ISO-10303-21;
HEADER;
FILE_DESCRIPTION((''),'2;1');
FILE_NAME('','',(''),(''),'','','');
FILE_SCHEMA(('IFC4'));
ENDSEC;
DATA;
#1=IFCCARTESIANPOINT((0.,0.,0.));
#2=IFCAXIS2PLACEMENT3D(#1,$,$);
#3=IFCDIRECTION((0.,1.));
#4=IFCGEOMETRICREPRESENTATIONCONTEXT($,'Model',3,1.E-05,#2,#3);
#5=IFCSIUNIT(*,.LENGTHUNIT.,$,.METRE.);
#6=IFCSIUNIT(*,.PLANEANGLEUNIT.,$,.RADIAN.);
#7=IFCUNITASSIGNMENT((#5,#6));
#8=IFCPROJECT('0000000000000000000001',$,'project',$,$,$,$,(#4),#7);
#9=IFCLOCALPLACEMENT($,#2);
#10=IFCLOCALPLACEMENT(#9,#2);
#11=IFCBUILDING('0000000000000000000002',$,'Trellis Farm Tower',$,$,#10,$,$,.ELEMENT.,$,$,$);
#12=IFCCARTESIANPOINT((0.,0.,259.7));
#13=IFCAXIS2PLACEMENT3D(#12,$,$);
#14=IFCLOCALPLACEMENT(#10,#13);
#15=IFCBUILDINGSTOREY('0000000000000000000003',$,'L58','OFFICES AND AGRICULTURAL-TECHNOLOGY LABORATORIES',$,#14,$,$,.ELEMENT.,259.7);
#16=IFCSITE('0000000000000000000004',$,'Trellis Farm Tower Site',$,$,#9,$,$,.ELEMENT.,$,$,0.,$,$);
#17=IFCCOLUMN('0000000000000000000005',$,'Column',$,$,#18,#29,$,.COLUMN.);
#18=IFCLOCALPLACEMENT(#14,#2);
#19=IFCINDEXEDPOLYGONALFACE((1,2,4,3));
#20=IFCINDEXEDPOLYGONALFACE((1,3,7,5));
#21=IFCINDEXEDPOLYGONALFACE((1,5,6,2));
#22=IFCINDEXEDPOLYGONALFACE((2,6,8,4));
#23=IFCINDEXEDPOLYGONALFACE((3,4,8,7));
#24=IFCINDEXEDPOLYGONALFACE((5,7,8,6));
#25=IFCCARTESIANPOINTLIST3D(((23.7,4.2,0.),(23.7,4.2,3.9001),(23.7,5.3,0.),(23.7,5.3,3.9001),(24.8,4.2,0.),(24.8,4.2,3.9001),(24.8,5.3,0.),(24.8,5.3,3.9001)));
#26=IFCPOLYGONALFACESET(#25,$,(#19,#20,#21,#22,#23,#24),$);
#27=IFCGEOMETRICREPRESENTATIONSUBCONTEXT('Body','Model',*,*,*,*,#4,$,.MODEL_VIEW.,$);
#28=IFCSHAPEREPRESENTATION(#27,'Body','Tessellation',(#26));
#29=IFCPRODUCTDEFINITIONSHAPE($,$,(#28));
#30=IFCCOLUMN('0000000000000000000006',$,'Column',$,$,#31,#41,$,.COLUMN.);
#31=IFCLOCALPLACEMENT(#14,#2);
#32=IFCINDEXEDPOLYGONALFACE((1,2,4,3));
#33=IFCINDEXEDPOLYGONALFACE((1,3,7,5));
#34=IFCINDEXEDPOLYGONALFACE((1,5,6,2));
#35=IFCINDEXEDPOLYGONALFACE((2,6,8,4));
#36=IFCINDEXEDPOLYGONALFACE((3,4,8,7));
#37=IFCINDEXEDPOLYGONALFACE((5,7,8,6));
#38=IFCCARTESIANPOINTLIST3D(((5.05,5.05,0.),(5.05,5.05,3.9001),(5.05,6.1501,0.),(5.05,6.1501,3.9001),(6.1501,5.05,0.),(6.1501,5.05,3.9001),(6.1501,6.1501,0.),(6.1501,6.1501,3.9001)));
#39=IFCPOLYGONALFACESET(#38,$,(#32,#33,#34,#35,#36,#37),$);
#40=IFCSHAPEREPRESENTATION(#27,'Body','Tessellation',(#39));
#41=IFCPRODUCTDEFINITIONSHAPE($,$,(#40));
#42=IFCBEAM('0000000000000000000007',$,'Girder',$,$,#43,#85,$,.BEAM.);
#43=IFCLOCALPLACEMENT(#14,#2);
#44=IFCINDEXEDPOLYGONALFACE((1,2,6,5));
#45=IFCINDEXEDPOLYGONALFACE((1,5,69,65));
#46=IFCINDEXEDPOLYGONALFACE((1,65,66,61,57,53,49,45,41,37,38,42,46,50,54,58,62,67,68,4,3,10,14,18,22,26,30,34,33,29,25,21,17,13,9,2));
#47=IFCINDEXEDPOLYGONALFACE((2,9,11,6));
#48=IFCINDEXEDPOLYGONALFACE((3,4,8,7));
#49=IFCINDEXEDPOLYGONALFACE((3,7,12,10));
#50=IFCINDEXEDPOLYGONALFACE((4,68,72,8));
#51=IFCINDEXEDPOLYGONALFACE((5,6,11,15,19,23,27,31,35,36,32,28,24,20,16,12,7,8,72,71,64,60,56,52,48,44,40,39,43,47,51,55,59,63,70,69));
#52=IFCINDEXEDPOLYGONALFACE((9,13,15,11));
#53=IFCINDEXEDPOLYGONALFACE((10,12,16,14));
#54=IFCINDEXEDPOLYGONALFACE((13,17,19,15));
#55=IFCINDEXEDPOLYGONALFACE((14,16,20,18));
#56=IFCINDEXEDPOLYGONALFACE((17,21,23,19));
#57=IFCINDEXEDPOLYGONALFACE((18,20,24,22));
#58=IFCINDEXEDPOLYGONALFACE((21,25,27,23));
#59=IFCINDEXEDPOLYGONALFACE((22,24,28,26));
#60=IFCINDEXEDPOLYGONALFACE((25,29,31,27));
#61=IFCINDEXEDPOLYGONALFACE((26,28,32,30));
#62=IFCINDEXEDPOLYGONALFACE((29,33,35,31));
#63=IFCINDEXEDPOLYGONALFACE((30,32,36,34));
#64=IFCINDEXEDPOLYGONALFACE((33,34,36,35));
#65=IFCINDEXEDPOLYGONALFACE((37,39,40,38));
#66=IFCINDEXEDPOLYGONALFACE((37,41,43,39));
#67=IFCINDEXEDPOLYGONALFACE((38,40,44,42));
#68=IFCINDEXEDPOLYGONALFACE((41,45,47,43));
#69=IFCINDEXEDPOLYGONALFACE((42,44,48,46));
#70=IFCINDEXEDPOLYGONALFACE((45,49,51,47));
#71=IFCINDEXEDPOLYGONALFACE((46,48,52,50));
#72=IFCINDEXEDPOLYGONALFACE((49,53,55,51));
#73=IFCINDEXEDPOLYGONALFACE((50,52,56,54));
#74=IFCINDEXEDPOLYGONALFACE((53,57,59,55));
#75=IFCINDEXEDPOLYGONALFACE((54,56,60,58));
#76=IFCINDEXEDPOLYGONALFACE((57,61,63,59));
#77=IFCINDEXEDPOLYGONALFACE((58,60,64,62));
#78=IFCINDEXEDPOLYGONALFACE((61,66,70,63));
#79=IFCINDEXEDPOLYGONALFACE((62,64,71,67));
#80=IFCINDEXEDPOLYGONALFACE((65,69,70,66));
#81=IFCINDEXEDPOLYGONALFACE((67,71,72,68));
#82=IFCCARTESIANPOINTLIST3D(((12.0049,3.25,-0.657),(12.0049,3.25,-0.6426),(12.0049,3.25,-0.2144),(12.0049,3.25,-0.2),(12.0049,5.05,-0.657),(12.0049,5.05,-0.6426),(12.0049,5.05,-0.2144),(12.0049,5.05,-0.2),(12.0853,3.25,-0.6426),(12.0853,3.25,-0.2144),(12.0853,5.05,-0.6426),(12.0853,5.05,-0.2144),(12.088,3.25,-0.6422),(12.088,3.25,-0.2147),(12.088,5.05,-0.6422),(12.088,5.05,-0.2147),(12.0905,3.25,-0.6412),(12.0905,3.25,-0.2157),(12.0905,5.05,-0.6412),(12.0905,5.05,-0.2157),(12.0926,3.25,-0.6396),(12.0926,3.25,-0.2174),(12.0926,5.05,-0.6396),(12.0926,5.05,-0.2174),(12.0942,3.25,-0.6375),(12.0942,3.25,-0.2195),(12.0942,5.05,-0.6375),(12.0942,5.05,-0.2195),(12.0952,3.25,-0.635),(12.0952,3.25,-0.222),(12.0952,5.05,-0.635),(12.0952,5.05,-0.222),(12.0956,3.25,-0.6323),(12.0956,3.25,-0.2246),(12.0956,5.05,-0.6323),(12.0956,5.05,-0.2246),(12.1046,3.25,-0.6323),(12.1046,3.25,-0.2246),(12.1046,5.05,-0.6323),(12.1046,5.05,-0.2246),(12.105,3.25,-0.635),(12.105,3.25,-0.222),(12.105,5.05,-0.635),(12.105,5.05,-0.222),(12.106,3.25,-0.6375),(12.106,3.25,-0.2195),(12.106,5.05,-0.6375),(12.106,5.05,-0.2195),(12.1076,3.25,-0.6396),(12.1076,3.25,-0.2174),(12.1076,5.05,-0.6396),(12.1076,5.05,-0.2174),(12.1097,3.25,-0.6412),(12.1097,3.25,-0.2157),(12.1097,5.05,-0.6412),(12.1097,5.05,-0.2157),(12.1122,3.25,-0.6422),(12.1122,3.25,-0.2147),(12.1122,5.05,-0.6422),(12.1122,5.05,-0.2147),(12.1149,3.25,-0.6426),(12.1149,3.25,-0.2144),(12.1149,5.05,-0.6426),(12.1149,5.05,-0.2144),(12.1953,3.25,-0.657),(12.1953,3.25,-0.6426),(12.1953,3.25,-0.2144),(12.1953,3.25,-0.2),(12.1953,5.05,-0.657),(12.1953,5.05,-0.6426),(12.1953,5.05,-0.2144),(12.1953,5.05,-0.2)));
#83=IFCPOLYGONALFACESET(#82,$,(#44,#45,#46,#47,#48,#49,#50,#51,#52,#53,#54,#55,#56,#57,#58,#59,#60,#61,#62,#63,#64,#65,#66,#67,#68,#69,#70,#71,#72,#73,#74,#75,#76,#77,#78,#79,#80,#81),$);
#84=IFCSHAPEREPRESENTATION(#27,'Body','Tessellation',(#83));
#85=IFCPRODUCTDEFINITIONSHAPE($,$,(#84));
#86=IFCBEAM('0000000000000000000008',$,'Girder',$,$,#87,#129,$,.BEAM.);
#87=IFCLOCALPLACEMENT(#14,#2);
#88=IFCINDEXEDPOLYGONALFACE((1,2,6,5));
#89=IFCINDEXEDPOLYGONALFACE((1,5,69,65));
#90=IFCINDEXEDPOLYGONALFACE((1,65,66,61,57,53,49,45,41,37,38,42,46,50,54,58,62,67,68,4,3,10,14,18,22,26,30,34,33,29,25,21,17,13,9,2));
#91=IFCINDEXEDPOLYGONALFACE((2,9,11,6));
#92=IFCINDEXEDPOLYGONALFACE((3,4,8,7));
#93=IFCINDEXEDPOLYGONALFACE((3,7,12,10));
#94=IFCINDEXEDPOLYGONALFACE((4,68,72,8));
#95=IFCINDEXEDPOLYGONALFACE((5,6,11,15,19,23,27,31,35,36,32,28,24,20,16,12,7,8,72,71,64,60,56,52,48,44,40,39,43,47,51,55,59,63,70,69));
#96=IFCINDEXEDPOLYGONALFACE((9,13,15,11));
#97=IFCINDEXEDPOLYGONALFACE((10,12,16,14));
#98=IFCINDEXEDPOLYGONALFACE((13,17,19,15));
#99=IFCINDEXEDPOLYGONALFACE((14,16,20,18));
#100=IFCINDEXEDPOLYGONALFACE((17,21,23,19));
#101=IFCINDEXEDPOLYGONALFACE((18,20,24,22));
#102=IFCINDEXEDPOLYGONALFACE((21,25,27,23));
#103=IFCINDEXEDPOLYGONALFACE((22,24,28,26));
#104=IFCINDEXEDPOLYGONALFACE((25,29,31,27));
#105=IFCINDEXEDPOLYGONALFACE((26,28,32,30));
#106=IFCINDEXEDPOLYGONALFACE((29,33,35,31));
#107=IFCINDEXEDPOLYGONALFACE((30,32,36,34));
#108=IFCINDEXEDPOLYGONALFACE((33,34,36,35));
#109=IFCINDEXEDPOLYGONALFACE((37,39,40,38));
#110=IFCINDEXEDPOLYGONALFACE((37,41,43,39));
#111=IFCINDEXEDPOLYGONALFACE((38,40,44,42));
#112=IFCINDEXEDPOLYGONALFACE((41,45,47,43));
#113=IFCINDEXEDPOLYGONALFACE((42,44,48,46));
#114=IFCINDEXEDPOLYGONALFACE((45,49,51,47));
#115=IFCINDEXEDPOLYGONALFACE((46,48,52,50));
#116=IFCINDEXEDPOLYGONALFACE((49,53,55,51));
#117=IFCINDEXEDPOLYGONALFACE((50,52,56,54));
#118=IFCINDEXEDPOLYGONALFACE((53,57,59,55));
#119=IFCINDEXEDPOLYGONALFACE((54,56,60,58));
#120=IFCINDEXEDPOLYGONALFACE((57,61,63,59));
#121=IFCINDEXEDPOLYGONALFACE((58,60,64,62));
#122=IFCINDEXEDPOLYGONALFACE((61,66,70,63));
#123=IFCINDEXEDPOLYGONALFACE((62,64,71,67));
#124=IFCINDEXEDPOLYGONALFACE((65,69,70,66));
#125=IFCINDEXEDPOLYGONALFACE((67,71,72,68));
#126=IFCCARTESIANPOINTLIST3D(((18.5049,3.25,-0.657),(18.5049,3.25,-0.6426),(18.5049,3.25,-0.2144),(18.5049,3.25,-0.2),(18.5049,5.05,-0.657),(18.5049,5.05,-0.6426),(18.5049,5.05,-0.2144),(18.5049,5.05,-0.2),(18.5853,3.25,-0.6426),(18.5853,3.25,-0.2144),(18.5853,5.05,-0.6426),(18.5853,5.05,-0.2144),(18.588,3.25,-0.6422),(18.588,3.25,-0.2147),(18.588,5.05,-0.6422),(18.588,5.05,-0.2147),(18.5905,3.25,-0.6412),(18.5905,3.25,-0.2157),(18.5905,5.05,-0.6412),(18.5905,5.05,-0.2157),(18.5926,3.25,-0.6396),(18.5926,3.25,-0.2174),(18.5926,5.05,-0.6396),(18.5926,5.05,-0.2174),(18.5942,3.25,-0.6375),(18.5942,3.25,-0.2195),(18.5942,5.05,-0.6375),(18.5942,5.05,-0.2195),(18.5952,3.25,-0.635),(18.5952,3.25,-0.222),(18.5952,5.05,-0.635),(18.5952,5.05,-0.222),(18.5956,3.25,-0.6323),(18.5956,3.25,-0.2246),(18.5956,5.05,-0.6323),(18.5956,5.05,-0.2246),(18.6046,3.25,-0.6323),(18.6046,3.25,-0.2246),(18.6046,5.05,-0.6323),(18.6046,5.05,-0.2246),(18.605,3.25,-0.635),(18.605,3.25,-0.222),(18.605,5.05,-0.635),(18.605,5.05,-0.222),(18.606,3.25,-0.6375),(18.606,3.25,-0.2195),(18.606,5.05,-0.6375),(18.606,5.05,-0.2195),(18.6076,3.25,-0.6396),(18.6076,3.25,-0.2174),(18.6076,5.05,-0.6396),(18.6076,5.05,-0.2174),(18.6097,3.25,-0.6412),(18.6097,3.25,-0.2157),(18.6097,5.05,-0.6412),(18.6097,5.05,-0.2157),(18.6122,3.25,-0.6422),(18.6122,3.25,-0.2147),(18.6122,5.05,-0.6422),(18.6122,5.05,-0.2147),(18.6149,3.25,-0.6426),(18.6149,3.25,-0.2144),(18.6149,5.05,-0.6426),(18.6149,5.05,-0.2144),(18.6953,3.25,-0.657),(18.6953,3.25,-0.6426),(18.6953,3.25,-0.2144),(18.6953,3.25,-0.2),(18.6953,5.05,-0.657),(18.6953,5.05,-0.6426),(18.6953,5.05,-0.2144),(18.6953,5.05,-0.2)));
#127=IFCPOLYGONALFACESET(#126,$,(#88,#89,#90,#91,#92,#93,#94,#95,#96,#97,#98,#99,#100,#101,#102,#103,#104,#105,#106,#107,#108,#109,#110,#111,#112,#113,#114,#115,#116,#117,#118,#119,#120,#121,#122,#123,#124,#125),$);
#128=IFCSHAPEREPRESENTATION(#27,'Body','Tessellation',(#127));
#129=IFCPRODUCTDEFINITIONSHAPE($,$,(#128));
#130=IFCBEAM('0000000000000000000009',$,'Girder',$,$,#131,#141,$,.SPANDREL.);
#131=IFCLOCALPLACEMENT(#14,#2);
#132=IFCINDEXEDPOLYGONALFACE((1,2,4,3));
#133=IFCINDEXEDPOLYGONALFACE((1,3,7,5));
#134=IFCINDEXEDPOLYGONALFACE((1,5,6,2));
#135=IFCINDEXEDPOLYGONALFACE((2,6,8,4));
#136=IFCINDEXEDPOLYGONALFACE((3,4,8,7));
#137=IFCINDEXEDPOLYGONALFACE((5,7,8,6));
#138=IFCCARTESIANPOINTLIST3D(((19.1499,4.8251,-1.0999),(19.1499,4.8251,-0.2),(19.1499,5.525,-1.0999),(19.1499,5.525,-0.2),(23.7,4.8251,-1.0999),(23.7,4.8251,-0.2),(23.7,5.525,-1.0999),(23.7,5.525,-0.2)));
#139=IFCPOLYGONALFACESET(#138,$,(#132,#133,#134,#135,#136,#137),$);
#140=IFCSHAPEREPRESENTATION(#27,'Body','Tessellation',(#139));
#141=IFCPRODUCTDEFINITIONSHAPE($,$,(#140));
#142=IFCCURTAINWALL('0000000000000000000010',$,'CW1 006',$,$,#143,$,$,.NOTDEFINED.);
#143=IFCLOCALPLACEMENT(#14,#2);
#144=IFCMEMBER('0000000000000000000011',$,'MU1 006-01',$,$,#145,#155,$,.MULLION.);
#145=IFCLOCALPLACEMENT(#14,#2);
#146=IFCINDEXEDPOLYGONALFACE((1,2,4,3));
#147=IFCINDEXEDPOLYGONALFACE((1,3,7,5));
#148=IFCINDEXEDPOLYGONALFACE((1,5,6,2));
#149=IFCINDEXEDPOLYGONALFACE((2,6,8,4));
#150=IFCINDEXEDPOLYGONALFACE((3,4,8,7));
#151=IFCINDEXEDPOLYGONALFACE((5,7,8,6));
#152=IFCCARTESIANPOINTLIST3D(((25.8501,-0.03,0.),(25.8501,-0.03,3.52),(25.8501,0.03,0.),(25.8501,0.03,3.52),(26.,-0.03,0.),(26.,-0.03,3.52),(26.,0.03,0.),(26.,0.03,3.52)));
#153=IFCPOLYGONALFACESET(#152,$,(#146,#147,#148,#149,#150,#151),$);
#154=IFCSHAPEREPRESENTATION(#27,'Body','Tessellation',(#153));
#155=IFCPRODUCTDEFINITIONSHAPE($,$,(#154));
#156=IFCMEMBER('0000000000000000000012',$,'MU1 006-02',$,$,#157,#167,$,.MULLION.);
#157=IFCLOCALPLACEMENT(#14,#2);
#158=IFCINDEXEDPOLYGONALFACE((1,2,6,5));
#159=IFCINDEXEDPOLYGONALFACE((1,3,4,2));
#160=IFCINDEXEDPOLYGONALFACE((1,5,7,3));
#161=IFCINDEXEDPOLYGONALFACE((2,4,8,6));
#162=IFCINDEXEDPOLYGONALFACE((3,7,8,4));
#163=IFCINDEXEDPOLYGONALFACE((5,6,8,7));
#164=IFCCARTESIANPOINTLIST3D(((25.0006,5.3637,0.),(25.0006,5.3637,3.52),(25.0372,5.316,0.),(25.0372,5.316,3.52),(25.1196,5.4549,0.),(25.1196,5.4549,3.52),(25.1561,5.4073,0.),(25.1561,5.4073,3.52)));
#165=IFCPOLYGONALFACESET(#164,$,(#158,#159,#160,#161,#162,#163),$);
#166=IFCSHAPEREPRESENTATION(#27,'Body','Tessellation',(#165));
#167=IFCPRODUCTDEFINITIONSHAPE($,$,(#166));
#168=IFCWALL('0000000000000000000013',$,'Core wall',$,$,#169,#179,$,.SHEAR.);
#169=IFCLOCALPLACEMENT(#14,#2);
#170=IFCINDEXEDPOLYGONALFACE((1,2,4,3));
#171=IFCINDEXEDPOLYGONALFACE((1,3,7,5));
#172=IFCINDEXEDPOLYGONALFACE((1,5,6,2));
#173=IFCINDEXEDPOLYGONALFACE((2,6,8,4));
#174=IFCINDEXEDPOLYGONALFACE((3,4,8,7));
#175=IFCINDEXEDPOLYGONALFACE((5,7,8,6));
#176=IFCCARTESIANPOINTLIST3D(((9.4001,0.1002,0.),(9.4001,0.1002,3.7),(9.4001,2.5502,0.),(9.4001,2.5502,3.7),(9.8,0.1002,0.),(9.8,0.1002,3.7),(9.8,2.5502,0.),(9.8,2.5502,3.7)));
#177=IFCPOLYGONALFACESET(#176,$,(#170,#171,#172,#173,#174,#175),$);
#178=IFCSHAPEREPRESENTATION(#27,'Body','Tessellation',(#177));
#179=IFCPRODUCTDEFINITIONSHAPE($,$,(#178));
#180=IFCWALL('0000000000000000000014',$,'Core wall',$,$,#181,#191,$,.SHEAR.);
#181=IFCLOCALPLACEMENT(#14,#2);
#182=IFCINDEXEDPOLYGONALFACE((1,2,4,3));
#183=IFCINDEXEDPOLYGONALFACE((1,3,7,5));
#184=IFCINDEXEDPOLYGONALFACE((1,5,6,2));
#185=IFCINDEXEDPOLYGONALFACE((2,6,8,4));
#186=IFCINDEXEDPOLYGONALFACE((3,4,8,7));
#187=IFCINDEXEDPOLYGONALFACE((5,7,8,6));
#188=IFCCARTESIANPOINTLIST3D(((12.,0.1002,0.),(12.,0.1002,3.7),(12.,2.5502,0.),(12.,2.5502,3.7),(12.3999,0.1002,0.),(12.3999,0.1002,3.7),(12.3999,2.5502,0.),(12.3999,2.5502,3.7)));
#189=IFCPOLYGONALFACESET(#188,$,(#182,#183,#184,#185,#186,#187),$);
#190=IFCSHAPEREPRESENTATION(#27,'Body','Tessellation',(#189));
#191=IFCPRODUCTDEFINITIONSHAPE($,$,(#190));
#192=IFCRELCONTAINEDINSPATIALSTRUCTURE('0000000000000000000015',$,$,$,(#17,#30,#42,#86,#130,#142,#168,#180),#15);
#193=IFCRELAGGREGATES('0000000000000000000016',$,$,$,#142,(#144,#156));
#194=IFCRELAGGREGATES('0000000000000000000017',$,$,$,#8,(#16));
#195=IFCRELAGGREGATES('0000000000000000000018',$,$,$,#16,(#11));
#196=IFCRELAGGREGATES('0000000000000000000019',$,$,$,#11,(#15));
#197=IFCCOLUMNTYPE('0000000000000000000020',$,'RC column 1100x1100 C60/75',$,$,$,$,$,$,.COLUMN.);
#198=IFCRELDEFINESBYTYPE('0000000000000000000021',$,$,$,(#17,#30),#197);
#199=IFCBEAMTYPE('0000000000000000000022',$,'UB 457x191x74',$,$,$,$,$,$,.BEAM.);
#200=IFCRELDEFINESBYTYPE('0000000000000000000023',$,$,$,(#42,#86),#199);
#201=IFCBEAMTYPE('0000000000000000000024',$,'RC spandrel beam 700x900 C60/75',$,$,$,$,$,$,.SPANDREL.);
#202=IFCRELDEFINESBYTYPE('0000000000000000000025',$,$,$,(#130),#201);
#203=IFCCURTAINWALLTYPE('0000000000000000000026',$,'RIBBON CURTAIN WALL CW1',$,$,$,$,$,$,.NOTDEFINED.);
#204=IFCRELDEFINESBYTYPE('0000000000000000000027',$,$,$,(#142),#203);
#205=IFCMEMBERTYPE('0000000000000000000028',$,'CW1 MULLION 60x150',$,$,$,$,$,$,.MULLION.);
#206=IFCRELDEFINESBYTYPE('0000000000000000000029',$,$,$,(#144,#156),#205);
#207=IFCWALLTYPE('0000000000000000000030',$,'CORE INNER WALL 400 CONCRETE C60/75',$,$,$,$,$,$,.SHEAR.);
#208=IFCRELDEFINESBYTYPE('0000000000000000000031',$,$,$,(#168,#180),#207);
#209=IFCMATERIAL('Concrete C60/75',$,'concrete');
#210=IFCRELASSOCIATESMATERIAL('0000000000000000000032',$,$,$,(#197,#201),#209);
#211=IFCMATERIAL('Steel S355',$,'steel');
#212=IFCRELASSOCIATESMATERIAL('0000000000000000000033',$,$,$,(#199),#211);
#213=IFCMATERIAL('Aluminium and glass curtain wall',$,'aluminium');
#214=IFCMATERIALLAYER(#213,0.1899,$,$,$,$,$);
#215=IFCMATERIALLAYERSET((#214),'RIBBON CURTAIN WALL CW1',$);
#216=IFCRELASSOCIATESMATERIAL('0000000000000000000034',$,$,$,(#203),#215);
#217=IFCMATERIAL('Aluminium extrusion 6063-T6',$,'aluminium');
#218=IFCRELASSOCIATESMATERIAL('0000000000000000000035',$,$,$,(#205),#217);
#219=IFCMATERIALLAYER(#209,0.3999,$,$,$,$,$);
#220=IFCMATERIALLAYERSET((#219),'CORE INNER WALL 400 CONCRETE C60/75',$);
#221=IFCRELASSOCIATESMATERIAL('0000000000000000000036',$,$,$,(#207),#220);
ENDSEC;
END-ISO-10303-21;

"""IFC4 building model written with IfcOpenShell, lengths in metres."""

from ifc_helpers import new_model, si_unit, direction, frame, frame_2d, origin, origin_2d, place, context, subcontext, project, spatial, rectangle, i_section, extrude, source, transform, mapped, material, layer, layer_set, material_profile, profile_set, type_object, element, aggregate, save


model = new_model("IFC4")

# Units and contexts
model_context = context("Model", 3, precision=1e-05, world=origin(), true_north=direction((0.0, 1.0)))
body_context = subcontext(model_context, "Body", "Model", "MODEL_VIEW")
ifc_project = project(units=[si_unit("LENGTHUNIT", "METRE"), si_unit("PLANEANGLEUNIT", "RADIAN")], contexts=[model_context])

# Site, building, storey
site_placement = place(None, origin())
site = spatial("IfcSite", under=ifc_project, at=site_placement, Name="Trellis Farm Tower Site", CompositionType="ELEMENT", RefElevation=0.0)
building_placement = place(site_placement, origin())
building = spatial("IfcBuilding", under=site, at=building_placement, Name="Trellis Farm Tower", CompositionType="ELEMENT")
storey_placement = place(building_placement, frame((0.0, 0.0, 259.7)))
storey = spatial("IfcBuildingStorey", under=building, at=storey_placement, Name="L58", Description="OFFICES AND AGRICULTURAL-TECHNOLOGY LABORATORIES", CompositionType="ELEMENT", Elevation=259.7)

# Columns
ifc_material_1 = material(Name="Concrete C60/75", Category="concrete")
ifc_material_profile_1 = material_profile(ifc_material_1, rectangle(XDim=1.1001, YDim=1.1001, at=origin_2d()), Name="RC column 1100x1100 C60/75")
ifc_profile_set_1 = profile_set([ifc_material_profile_1], Name="Concrete C60/75")
column_type = type_object("IfcColumnType", Name="RC column 1100x1100 C60/75", PredefinedType="COLUMN", material=ifc_profile_set_1)
shared_shape_1 = source(origin(), body_context, "Body", "SweptSolid", [
    extrude(rectangle(XDim=1.1001, YDim=1.1001, at=origin_2d()), origin(), (0.0, 0.0, 1.0), 3.9001),
])
for number, where, z_axis, x_axis, name in (
    (1, (24.25, 4.75, 0.0), (0.0, 0.0, 1.0), (1.0, 0.0, 0.0), "Column"),
    (2, (5.6001, 5.6001, 0.0), (0.0, 0.0, 1.0), (1.0, 0.0, 0.0), "Column"),
):
    element("IfcColumn", number, at=place(storey_placement, frame(where, z_axis=z_axis, x_axis=x_axis)), inside=storey, type_object=column_type, Name=name, PredefinedType="COLUMN", context=body_context, shape_type="MappedRepresentation", body=[
        mapped(shared_shape_1, transform((0.0, 0.0, 0.0))),
    ])

# Beams
ifc_material_2 = material(Name="Steel S355", Category="steel")
ifc_material_profile_2 = material_profile(ifc_material_2, i_section(OverallWidth=0.1904, OverallDepth=0.457, WebThickness=0.009, FlangeThickness=0.0144, FilletRadius=0.0103, at=origin_2d()), Name="UB 457x191x74")
ifc_profile_set_2 = profile_set([ifc_material_profile_2], Name="Steel S355")
beam_type_1 = type_object("IfcBeamType", Name="UB 457x191x74", PredefinedType="BEAM", material=ifc_profile_set_2)
shared_shape_2 = source(origin(), body_context, "Body", "SweptSolid", [
    extrude(i_section(OverallWidth=0.1904, OverallDepth=0.457, WebThickness=0.009, FlangeThickness=0.0144, FilletRadius=0.0103, at=origin_2d()), origin(), (0.0, 0.0, 1.0), 1.8),
])
for number, where, z_axis, x_axis, name in (
    (3, (12.1001, 3.25, -0.4285), (0.0, 1.0, 0.0), (-1.0, 0.0, 0.0), "Girder"),
    (4, (18.6001, 3.25, -0.4285), (0.0, 1.0, 0.0), (-1.0, 0.0, 0.0), "Girder"),
):
    element("IfcBeam", number, at=place(storey_placement, frame(where, z_axis=z_axis, x_axis=x_axis)), inside=storey, type_object=beam_type_1, Name=name, PredefinedType="BEAM", context=body_context, shape_type="MappedRepresentation", body=[
        mapped(shared_shape_2, transform((0.0, 0.0, 0.0))),
    ])
ifc_material_profile_3 = material_profile(ifc_material_1, rectangle(XDim=0.7, YDim=0.8999, at=origin_2d()), Name="RC spandrel beam 700x900 C60/75")
ifc_profile_set_3 = profile_set([ifc_material_profile_3], Name="Concrete C60/75")
beam_type_2 = type_object("IfcBeamType", Name="RC spandrel beam 700x900 C60/75", PredefinedType="SPANDREL", material=ifc_profile_set_3)
shared_shape_3 = source(origin(), body_context, "Body", "SweptSolid", [
    extrude(rectangle(XDim=0.7, YDim=0.8999, at=origin_2d()), origin(), (0.0, 0.0, 1.0), 4.55),
])
beam_placement = place(storey_placement, frame((19.1499, 5.175, -0.6499), z_axis=(1.0, 0.0, 0.0), x_axis=(0.0, 1.0, 0.0)))
element("IfcBeam", 5, at=beam_placement, inside=storey, type_object=beam_type_2, Name="Girder", PredefinedType="SPANDREL", context=body_context, shape_type="MappedRepresentation", body=[
    mapped(shared_shape_3, transform((0.0, 0.0, 0.0))),
])

# Curtain wall, members
ifc_material_3 = material(Name="Aluminium and glass curtain wall", Category="aluminium")
ifc_layer_1 = layer(ifc_material_3, 0.1899)
ifc_layer_set_1 = layer_set([ifc_layer_1], Name="RIBBON CURTAIN WALL CW1")
curtain_wall_type = type_object("IfcCurtainWallType", Name="RIBBON CURTAIN WALL CW1", PredefinedType="NOTDEFINED", material=ifc_layer_set_1)
curtain_wall_placement = place(storey_placement, origin())
curtain_wall = element("IfcCurtainWall", 6, at=curtain_wall_placement, inside=storey, type_object=curtain_wall_type, Name="CW1 006", PredefinedType="NOTDEFINED")
ifc_material_4 = material(Name="Aluminium extrusion 6063-T6", Category="aluminium")
ifc_material_profile_4 = material_profile(ifc_material_4, rectangle(XDim=0.0601, YDim=0.1499, at=origin_2d()), Name="MULLION 60x150")
ifc_profile_set_4 = profile_set([ifc_material_profile_4], Name="Aluminium extrusion 6063-T6")
member_type = type_object("IfcMemberType", Name="CW1 MULLION 60x150", PredefinedType="MULLION", material=ifc_profile_set_4)
shared_shape_4 = source(origin(), body_context, "Body", "SweptSolid", [
    extrude(rectangle(XDim=0.0601, YDim=0.1499, at=origin_2d()), origin(), (0.0, 0.0, 1.0), 3.52),
])
member_1_placement = place(storey_placement, frame((25.925, 0.0, 0.0), z_axis=(0.0, 0.0, 1.0), x_axis=(0.0, 1.0, 0.0)))
member_1 = element("IfcMember", 7, at=member_1_placement, type_object=member_type, Name="MU1 006-01", PredefinedType="MULLION", context=body_context, shape_type="MappedRepresentation", body=[
    mapped(shared_shape_4, transform((0.0, 0.0, 0.0))),
])
member_2_placement = place(storey_placement, frame((25.0784, 5.3855, 0.0), z_axis=(0.0, 0.0, 1.0), x_axis=(-0.608761, 0.793353, 0.0)))
member_2 = element("IfcMember", 8, at=member_2_placement, type_object=member_type, Name="MU1 006-02", PredefinedType="MULLION", context=body_context, shape_type="MappedRepresentation", body=[
    mapped(shared_shape_4, transform((0.0, 0.0, 0.0))),
])
aggregate(curtain_wall, [member_1, member_2])

# Walls
ifc_layer_2 = layer(ifc_material_1, 0.3999)
ifc_layer_set_2 = layer_set([ifc_layer_2], Name="CORE INNER WALL 400 CONCRETE C60/75")
wall_type_1 = type_object("IfcWallType", Name="CORE INNER WALL 400 CONCRETE C60/75", PredefinedType="SHEAR", material=ifc_layer_set_2)
shared_shape_5 = source(origin(), body_context, "Body", "SweptSolid", [
    extrude(rectangle(XDim=2.45, YDim=0.3999, at=frame_2d((1.2251, 0.0))), origin(), (0.0, 0.0, 1.0), 3.7),
])
for number, where, z_axis, x_axis, name in (
    (9, (9.6001, 0.1001, 0.0), (0.0, 0.0, 1.0), (0.0, 1.0, 0.0), "Core wall"),
    (10, (12.2, 0.1001, 0.0), (0.0, 0.0, 1.0), (0.0, 1.0, 0.0), "Core wall"),
):
    element("IfcWall", number, at=place(storey_placement, frame(where, z_axis=z_axis, x_axis=x_axis)), inside=storey, type_object=wall_type_1, Name=name, PredefinedType="SHEAR", context=body_context, shape_type="MappedRepresentation", body=[
        mapped(shared_shape_5, transform((0.0, 0.0, 0.0))),
    ])

save(model, "model.ifc")
